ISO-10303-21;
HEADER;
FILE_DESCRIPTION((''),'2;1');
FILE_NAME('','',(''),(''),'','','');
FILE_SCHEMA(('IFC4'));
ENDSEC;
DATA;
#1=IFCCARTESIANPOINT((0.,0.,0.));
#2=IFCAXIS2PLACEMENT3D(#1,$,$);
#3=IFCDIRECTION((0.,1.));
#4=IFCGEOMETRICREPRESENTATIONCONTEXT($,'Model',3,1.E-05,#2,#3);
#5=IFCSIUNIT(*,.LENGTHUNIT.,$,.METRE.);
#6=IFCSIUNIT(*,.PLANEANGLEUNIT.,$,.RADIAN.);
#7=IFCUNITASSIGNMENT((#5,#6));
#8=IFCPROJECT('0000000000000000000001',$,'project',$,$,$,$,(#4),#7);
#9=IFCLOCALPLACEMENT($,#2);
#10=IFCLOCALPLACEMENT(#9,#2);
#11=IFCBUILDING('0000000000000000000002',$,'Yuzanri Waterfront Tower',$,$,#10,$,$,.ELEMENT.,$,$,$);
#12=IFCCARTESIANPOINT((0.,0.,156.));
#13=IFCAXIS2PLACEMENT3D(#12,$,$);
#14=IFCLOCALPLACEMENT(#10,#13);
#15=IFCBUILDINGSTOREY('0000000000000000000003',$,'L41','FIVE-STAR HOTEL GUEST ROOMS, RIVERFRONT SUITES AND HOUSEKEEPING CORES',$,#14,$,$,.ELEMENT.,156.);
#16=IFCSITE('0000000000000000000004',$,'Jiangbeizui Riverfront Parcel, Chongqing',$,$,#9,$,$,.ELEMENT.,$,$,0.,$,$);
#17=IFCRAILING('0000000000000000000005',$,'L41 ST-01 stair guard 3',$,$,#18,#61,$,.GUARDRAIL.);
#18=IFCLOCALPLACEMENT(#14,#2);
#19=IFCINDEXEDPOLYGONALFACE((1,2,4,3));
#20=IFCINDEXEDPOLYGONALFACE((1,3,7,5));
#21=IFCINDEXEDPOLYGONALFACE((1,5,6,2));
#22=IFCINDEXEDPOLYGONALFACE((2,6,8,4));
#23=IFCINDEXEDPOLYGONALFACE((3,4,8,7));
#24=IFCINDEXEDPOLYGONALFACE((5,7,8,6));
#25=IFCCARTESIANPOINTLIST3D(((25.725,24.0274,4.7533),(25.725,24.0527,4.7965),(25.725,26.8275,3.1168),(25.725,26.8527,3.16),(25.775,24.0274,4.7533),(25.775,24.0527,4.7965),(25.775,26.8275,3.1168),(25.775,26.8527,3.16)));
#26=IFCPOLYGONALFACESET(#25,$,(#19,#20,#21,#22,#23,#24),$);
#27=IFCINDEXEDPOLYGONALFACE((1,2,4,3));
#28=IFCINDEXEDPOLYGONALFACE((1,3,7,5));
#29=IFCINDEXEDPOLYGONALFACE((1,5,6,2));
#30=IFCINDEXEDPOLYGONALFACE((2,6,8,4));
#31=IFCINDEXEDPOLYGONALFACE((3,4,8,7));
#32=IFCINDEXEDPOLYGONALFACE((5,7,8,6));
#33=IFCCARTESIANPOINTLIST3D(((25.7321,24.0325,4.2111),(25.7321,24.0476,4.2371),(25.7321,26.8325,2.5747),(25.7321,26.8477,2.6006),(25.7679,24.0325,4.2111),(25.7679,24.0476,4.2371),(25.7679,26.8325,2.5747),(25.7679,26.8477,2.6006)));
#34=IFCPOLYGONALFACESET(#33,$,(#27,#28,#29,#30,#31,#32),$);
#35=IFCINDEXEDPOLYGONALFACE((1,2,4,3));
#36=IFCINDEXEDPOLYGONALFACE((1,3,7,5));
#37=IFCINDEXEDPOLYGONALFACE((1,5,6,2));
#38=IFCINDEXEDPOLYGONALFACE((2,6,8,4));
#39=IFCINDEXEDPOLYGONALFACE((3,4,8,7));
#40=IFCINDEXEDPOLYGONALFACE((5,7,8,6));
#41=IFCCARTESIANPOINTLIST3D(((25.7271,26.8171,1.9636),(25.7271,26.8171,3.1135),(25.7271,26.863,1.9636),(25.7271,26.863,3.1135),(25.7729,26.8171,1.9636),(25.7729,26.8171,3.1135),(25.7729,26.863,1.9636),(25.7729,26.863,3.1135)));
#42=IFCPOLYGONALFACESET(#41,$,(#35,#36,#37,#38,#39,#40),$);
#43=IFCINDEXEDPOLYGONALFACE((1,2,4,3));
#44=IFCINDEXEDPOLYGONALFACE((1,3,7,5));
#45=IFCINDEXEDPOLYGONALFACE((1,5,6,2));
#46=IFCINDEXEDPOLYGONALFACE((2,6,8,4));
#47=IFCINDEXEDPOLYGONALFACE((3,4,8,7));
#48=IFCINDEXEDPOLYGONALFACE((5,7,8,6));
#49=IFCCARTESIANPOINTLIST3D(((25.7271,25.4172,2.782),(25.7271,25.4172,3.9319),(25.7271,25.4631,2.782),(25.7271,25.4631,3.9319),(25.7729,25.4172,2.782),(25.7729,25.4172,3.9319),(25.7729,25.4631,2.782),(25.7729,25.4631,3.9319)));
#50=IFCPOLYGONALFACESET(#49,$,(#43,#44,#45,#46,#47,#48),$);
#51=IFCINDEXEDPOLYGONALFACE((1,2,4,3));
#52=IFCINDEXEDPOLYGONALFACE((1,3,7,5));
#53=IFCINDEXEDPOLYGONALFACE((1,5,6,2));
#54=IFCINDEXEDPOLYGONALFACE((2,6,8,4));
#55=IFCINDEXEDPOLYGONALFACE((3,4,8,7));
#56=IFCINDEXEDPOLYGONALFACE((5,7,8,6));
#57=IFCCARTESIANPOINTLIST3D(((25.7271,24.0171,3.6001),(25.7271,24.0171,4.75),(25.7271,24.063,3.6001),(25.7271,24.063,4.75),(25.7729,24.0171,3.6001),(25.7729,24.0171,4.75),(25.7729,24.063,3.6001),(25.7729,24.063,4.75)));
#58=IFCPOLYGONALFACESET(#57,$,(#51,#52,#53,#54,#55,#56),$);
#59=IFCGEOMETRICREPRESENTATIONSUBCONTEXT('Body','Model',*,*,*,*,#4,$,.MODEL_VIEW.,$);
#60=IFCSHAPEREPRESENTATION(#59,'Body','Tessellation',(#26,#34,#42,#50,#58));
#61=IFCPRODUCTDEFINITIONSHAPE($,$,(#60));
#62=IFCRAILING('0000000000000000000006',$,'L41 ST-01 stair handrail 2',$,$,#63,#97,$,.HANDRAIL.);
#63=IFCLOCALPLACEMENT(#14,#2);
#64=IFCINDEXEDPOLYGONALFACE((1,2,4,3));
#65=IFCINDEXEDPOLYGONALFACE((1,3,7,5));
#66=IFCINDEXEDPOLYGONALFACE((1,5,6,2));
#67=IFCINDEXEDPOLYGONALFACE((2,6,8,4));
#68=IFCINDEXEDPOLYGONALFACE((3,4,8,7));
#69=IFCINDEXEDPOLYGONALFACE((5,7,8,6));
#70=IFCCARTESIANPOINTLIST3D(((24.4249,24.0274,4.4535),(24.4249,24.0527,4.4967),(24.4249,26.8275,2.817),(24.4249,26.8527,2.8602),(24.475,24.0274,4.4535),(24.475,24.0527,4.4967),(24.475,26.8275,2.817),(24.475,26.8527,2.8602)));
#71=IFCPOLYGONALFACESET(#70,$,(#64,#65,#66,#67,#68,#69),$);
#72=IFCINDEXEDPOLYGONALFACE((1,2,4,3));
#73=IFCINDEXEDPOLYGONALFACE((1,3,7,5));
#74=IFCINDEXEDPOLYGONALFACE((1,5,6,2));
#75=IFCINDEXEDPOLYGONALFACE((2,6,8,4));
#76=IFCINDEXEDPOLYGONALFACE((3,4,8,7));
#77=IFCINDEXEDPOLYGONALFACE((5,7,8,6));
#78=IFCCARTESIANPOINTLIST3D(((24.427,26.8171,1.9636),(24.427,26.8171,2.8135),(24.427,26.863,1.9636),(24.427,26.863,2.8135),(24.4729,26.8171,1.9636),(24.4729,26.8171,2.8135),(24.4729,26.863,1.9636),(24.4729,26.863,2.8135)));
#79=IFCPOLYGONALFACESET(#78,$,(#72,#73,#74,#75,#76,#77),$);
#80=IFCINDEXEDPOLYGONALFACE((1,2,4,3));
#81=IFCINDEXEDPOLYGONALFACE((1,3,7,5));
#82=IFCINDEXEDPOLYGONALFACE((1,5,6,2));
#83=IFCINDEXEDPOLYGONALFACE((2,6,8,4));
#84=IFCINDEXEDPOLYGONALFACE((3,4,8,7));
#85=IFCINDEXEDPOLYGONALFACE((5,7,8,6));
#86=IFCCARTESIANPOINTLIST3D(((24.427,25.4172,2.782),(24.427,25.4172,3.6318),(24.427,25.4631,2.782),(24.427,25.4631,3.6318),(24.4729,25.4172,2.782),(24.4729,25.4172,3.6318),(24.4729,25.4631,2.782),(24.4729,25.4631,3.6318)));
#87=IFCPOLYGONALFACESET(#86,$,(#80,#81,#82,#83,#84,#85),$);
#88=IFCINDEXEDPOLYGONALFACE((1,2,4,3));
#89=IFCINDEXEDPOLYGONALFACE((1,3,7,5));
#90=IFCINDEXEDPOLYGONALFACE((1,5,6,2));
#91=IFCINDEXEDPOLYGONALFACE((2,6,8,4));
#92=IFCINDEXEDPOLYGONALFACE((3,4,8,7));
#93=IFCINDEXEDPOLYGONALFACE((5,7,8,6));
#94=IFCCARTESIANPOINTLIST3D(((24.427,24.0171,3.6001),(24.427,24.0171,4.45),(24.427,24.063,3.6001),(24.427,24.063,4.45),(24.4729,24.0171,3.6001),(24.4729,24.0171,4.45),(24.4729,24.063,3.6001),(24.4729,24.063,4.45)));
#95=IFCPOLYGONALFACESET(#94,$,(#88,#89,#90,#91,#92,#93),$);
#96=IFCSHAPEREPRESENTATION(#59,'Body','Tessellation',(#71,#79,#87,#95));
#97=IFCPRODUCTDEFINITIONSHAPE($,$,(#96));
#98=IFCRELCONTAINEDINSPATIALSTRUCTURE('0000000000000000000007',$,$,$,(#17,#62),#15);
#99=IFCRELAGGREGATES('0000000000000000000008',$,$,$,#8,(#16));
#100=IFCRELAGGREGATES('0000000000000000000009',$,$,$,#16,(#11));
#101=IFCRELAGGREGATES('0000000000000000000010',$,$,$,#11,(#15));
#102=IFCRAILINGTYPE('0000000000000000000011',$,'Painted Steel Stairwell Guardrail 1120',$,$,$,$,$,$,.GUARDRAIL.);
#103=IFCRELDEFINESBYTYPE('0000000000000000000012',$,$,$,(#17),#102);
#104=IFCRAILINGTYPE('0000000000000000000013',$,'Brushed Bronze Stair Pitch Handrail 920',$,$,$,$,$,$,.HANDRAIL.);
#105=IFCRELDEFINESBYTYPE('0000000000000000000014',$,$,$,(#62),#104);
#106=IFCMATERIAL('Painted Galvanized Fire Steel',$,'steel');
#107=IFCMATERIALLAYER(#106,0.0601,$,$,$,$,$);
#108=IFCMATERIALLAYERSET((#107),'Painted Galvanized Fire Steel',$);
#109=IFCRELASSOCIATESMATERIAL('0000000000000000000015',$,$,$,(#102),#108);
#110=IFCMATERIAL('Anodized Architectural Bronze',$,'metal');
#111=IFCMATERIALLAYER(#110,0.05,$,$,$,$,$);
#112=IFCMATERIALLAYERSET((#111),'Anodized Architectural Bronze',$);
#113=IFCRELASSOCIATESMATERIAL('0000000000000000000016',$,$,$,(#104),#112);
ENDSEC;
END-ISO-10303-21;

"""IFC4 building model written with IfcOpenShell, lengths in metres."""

from ifc_helpers import new_model, si_unit, direction, frame, origin, origin_2d, place, context, subcontext, project, spatial, rectangle, extrude, source, transform, mapped, material, layer, layer_set, type_object, element, save


model = new_model("IFC4")

# Units and contexts
model_context = context("Model", 3, precision=1e-05, world=origin(), true_north=direction((0.0, 1.0)))
body_context = subcontext(model_context, "Body", "Model", "MODEL_VIEW")
ifc_project = project(units=[si_unit("LENGTHUNIT", "METRE"), si_unit("PLANEANGLEUNIT", "RADIAN")], contexts=[model_context])

# Site, building, storey
site_placement = place(None, origin())
site = spatial("IfcSite", under=ifc_project, at=site_placement, Name="Jiangbeizui Riverfront Parcel, Chongqing", CompositionType="ELEMENT", RefElevation=0.0)
building_placement = place(site_placement, origin())
building = spatial("IfcBuilding", under=site, at=building_placement, Name="Yuzanri Waterfront Tower", CompositionType="ELEMENT")
storey_placement = place(building_placement, frame((0.0, 0.0, 156.0)))
storey = spatial("IfcBuildingStorey", under=building, at=storey_placement, Name="L41", Description="FIVE-STAR HOTEL GUEST ROOMS, RIVERFRONT SUITES AND HOUSEKEEPING CORES", CompositionType="ELEMENT", Elevation=156.0)

# Railings
ifc_material_1 = material(Name="Painted Galvanized Fire Steel", Category="steel")
ifc_layer_1 = layer(ifc_material_1, 0.0601)
ifc_layer_set_1 = layer_set([ifc_layer_1], Name="Painted Galvanized Fire Steel")
railing_type_1 = type_object("IfcRailingType", Name="Painted Steel Stairwell Guardrail 1120", PredefinedType="GUARDRAIL", material=ifc_layer_set_1)
shared_shape_1 = source(origin(), body_context, "Body", "SweptSolid", [
    extrude(rectangle(XDim=0.05, YDim=0.05, at=origin_2d()), frame((0.0, 0.0, 1.1748), z_axis=(0.0, -0.863361, 0.504587), x_axis=(1.0, 0.0, 0.0)), (0.0, 0.0, 1.0), 3.2432),
    extrude(rectangle(XDim=0.0359, YDim=0.03, at=origin_2d()), frame((0.0, 0.0, 0.624), z_axis=(0.0, -0.863361, 0.504587), x_axis=(1.0, 0.0, 0.0)), (0.0, 0.0, 1.0), 3.2432),
    extrude(rectangle(XDim=0.0459, YDim=0.0459, at=origin_2d()), origin(), (0.0, 0.0, 1.0), 1.1499),
    extrude(rectangle(XDim=0.0459, YDim=0.0459, at=origin_2d()), frame((0.0, -1.3999, 0.8184)), (0.0, 0.0, 1.0), 1.1499),
    extrude(rectangle(XDim=0.0459, YDim=0.0459, at=origin_2d()), frame((0.0, -2.8, 1.6365)), (0.0, 0.0, 1.0), 1.1499),
])
railing_1_placement = place(storey_placement, frame((25.75, 26.8401, 1.9636)))
element("IfcRailing", 1, at=railing_1_placement, inside=storey, type_object=railing_type_1, Name="L41 ST-01 stair guard 3", PredefinedType="GUARDRAIL", context=body_context, shape_type="MappedRepresentation", body=[
    mapped(shared_shape_1, transform((0.0, 0.0, 0.0), scale=1.0)),
])
ifc_material_2 = material(Name="Anodized Architectural Bronze", Category="metal")
ifc_layer_2 = layer(ifc_material_2, 0.05)
ifc_layer_set_2 = layer_set([ifc_layer_2], Name="Anodized Architectural Bronze")
railing_type_2 = type_object("IfcRailingType", Name="Brushed Bronze Stair Pitch Handrail 920", PredefinedType="HANDRAIL", material=ifc_layer_set_2)
shared_shape_2 = source(origin(), body_context, "Body", "SweptSolid", [
    extrude(rectangle(XDim=0.05, YDim=0.05, at=origin_2d()), frame((0.0, 0.0, 0.875), z_axis=(0.0, -0.863361, 0.504587), x_axis=(1.0, 0.0, 0.0)), (0.0, 0.0, 1.0), 3.2432),
    extrude(rectangle(XDim=0.0459, YDim=0.0459, at=origin_2d()), origin(), (0.0, 0.0, 1.0), 0.8499),
    extrude(rectangle(XDim=0.0459, YDim=0.0459, at=origin_2d()), frame((0.0, -1.3999, 0.8184)), (0.0, 0.0, 1.0), 0.8499),
    extrude(rectangle(XDim=0.0459, YDim=0.0459, at=origin_2d()), frame((0.0, -2.8, 1.6365)), (0.0, 0.0, 1.0), 0.8499),
])
railing_2_placement = place(storey_placement, frame((24.45, 26.8401, 1.9636)))
element("IfcRailing", 2, at=railing_2_placement, inside=storey, type_object=railing_type_2, Name="L41 ST-01 stair handrail 2", PredefinedType="HANDRAIL", context=body_context, shape_type="MappedRepresentation", body=[
    mapped(shared_shape_2, transform((0.0, 0.0, 0.0), scale=1.0)),
])

save(model, "model.ifc")
